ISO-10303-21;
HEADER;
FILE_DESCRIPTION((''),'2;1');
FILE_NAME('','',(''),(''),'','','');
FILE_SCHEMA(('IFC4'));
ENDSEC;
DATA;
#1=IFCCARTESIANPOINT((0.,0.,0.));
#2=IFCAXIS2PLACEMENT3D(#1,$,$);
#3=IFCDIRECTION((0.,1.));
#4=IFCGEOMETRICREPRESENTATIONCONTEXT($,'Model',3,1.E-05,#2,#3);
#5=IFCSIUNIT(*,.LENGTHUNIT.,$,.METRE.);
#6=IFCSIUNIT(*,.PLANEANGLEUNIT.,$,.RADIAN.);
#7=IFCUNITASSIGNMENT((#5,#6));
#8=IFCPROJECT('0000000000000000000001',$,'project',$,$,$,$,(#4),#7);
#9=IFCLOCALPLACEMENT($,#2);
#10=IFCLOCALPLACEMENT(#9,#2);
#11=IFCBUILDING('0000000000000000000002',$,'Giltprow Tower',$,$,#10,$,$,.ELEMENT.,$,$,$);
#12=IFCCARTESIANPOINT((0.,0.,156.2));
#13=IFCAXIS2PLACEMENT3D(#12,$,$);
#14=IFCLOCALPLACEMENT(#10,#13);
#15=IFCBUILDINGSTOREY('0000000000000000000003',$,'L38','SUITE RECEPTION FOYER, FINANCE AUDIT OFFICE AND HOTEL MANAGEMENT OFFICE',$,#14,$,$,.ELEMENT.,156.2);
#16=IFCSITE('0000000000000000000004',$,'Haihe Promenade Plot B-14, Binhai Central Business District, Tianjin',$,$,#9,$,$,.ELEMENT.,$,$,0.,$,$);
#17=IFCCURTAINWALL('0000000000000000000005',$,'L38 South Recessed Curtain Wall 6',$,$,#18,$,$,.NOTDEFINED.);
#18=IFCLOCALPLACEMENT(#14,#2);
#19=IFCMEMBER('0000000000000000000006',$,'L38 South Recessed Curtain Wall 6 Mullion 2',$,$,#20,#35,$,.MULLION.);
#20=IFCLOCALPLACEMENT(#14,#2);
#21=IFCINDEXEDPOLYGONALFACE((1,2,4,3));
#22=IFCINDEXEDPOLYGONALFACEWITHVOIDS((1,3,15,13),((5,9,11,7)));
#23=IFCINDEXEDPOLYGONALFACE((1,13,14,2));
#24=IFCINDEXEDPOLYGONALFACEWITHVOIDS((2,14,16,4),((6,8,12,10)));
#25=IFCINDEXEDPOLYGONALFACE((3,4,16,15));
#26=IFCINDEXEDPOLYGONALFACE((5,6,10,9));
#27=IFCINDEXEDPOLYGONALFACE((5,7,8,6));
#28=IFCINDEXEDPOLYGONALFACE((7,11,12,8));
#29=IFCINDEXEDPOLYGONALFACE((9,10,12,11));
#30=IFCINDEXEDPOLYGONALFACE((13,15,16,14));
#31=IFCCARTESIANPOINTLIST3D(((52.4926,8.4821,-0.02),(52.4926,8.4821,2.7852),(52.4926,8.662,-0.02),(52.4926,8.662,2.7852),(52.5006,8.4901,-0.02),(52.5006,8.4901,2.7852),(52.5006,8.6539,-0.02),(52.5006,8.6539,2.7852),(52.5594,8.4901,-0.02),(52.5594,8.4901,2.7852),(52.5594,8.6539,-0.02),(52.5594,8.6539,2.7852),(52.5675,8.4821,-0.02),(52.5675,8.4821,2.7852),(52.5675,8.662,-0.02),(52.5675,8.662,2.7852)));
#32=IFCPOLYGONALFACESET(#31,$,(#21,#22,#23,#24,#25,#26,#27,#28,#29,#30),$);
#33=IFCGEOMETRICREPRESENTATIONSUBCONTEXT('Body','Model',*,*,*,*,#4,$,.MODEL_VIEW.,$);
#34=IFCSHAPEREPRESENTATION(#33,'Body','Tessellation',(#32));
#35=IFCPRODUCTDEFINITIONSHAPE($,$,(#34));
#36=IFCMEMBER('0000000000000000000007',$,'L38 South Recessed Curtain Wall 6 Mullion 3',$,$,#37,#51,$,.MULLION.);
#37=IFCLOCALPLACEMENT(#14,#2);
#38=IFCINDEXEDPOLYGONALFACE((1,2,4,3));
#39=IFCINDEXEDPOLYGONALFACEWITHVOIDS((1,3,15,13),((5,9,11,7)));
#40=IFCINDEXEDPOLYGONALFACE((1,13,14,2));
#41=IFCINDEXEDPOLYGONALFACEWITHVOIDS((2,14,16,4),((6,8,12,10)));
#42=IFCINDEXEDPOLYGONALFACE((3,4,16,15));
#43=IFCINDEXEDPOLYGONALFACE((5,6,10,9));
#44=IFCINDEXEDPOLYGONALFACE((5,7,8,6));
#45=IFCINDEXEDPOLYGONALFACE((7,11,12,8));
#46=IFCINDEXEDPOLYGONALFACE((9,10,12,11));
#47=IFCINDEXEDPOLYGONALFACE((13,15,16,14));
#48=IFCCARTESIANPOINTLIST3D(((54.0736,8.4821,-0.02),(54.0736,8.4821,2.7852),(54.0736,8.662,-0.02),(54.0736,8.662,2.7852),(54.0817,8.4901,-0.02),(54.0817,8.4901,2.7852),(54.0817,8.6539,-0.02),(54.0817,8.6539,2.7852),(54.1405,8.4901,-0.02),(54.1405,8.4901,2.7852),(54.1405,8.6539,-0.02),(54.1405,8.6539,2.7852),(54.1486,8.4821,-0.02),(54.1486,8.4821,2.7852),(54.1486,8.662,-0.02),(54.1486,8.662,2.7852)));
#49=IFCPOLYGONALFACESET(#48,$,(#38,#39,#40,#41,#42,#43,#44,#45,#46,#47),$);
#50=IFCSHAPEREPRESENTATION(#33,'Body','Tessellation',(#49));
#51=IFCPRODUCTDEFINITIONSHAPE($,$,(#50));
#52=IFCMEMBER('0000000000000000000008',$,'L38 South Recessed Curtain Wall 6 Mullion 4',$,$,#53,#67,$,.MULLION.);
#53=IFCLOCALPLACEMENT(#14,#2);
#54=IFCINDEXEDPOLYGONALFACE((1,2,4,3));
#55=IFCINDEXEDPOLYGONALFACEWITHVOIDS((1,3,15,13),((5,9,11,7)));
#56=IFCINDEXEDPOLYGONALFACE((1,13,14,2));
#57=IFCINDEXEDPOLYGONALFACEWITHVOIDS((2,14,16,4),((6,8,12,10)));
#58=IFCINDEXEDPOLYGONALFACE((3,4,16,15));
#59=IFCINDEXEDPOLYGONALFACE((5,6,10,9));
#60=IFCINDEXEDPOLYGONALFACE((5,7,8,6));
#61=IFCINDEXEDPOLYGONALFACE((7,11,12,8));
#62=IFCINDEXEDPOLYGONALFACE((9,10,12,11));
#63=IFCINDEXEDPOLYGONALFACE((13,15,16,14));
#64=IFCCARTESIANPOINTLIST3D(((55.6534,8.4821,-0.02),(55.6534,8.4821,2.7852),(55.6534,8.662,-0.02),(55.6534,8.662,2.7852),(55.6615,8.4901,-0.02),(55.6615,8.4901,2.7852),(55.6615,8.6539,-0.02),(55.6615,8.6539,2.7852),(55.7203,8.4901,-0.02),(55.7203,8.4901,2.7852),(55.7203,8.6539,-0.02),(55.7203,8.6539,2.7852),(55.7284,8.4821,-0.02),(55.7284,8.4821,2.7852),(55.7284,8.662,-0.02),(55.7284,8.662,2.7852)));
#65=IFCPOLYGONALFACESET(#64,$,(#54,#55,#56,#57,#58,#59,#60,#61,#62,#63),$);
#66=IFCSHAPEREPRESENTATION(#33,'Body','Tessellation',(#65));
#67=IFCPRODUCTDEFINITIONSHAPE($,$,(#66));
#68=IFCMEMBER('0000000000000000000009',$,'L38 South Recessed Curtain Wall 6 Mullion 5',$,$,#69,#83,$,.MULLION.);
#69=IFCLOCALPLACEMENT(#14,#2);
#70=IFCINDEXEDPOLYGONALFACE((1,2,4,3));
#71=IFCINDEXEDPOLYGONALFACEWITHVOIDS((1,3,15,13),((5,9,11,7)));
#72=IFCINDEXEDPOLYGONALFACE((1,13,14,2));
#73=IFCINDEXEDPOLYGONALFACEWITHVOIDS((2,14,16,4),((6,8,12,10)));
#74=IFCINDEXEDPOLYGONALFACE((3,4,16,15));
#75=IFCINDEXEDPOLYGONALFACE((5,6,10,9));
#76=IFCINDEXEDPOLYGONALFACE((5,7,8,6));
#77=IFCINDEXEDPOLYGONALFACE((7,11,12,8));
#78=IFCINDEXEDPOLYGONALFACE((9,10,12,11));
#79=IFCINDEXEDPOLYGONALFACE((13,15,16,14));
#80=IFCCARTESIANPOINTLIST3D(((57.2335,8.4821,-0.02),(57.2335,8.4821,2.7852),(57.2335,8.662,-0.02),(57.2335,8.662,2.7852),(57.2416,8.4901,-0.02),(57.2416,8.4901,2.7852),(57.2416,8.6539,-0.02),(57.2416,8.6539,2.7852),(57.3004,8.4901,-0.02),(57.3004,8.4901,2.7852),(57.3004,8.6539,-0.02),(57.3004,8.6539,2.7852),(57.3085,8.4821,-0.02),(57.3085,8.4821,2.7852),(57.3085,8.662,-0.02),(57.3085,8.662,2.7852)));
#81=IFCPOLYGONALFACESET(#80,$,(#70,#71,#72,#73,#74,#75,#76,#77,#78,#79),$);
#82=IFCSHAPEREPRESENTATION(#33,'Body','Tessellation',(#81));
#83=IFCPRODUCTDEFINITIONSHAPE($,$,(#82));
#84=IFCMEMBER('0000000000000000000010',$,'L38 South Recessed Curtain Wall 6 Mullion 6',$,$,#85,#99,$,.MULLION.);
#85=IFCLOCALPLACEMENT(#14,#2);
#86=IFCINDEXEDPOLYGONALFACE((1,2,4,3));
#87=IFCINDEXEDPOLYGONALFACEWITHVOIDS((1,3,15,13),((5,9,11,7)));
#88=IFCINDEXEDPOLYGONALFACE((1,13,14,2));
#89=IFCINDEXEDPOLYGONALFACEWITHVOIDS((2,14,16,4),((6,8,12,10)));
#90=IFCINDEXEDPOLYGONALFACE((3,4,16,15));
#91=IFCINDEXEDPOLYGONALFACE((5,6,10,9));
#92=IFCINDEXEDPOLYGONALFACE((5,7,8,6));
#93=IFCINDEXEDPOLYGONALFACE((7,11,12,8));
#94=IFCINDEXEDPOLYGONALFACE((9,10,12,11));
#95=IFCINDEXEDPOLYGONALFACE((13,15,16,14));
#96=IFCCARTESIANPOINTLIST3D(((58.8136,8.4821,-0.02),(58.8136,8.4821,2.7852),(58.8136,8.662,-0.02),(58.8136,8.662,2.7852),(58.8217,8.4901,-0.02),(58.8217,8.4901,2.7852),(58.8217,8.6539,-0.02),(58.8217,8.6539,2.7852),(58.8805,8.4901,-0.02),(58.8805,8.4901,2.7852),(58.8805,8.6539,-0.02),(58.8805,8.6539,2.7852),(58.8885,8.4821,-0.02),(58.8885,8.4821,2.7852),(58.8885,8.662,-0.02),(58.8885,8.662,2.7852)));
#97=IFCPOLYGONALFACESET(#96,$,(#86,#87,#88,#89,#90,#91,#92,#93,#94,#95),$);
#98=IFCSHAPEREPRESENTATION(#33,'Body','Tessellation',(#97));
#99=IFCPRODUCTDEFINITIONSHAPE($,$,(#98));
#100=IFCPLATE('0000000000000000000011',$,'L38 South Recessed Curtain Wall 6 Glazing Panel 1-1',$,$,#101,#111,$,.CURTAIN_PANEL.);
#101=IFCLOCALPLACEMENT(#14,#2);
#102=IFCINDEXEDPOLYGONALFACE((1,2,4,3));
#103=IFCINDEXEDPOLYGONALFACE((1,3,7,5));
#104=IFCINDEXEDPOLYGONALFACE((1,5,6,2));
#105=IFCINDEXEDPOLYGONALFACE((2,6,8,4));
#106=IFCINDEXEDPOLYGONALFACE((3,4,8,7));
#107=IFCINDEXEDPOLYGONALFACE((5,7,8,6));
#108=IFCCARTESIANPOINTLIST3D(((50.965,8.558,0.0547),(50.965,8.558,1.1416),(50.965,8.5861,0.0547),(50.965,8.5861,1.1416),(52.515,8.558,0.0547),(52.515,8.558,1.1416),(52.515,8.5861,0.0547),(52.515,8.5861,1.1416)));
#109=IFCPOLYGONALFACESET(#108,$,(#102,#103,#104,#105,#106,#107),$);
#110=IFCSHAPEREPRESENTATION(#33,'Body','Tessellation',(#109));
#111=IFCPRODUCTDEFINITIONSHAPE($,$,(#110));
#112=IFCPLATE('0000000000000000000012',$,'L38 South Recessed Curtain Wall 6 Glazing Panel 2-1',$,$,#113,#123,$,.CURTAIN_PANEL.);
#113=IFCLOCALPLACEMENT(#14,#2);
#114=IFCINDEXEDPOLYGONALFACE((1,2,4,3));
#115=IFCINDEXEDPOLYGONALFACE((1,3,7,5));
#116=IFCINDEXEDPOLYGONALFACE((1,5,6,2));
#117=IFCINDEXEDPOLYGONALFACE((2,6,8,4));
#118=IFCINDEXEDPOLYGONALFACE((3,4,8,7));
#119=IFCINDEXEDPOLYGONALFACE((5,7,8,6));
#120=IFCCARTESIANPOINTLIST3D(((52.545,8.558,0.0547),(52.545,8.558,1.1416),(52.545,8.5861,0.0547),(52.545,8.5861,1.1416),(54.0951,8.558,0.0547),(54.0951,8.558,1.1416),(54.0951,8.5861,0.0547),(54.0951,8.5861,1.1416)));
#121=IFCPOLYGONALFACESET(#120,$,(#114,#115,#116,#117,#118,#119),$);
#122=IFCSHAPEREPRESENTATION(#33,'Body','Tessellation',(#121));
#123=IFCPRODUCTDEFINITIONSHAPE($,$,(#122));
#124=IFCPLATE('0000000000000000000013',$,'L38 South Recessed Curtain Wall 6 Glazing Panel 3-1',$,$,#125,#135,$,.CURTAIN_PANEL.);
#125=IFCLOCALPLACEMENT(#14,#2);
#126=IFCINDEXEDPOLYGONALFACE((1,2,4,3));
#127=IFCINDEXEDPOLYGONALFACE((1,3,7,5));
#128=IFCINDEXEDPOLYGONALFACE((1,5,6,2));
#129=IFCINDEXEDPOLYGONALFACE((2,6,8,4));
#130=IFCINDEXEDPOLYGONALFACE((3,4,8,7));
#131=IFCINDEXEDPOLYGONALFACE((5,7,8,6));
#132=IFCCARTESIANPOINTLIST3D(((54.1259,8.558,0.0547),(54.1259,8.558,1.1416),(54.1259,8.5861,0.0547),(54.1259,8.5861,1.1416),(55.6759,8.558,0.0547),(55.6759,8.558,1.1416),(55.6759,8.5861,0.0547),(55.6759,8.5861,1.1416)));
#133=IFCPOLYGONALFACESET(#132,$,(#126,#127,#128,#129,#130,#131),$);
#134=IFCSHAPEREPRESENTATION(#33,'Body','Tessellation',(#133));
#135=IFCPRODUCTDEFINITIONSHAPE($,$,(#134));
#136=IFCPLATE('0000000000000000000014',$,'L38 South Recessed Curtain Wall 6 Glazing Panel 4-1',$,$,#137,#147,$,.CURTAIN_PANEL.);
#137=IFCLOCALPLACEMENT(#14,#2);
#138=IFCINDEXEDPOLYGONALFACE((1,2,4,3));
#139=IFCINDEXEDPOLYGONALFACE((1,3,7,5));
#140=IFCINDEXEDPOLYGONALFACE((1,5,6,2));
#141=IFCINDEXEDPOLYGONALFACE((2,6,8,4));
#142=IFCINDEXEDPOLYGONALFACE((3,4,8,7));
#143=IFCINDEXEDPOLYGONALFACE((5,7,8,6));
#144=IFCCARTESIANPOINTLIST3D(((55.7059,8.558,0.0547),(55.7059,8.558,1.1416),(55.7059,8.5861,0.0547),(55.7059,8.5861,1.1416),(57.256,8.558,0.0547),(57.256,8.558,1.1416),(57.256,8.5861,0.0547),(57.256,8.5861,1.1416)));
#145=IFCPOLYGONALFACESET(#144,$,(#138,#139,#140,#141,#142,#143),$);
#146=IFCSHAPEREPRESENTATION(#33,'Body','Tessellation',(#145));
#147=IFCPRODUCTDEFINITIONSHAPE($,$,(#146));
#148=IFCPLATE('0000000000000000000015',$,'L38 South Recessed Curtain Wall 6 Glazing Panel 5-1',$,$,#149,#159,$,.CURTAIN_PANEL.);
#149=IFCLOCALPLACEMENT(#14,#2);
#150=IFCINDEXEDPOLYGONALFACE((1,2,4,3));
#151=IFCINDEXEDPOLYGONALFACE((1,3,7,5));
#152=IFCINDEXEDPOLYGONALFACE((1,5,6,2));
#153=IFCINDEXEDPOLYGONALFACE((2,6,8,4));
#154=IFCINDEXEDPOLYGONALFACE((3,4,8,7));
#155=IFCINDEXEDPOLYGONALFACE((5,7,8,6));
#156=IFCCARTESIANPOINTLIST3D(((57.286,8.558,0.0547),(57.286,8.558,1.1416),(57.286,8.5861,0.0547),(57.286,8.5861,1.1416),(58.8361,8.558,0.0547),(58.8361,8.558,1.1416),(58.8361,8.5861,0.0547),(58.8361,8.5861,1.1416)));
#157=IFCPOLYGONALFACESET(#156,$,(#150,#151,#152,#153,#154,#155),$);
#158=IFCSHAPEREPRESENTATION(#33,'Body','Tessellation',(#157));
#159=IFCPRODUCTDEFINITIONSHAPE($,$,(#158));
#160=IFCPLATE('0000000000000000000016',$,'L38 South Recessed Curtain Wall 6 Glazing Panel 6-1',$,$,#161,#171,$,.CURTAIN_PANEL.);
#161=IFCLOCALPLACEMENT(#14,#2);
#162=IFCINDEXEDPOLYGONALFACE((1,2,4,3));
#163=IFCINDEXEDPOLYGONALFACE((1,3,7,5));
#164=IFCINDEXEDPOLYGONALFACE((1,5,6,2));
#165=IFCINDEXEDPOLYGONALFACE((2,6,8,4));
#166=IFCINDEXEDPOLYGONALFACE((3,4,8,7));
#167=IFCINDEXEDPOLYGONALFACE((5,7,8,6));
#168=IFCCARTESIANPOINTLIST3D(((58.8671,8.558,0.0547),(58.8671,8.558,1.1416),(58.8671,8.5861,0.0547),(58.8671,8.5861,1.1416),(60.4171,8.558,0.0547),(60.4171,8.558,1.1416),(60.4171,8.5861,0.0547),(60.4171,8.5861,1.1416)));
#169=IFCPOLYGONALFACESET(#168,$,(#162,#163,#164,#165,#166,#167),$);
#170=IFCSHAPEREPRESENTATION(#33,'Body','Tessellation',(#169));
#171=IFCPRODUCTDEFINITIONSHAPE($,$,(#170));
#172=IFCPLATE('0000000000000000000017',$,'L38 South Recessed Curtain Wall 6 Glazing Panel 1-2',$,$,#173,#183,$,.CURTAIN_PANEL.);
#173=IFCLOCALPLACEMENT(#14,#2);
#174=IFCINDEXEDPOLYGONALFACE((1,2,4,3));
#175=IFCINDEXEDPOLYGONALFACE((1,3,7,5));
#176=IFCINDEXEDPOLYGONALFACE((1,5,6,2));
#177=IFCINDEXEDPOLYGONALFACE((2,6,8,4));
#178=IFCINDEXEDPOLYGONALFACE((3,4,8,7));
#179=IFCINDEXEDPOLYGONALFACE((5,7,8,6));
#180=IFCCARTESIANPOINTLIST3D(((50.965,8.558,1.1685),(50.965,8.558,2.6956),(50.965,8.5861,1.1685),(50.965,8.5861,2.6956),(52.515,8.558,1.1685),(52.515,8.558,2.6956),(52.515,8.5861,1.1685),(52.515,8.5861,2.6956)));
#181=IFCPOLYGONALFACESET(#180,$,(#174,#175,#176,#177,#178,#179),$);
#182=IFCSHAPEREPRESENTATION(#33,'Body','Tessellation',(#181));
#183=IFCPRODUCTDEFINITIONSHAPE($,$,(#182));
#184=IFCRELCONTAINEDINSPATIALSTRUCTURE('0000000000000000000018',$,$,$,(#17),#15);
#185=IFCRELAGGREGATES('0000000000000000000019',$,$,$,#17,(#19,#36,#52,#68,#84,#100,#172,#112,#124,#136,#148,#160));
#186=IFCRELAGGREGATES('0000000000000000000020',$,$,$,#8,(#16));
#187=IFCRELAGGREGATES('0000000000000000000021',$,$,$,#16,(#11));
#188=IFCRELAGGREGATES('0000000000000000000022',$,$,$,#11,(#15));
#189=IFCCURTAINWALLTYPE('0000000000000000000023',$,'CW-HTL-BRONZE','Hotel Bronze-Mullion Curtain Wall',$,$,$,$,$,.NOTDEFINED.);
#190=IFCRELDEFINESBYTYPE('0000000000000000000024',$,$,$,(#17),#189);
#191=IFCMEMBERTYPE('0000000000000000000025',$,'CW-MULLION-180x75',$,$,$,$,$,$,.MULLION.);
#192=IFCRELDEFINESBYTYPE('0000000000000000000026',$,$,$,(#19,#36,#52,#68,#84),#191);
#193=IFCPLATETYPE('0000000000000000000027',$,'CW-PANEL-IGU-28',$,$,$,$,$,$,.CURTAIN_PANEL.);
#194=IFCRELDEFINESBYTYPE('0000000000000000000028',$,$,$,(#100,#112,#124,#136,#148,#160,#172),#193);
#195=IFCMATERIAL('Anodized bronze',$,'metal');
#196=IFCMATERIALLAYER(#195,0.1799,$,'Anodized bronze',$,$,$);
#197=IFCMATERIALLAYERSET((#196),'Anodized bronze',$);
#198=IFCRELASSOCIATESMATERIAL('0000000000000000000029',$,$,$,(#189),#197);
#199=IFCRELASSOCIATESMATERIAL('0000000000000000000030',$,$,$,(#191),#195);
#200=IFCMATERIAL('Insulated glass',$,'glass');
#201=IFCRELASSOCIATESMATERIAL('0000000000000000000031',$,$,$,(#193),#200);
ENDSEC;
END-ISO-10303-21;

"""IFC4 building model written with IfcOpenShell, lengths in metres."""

from ifc_helpers import new_model, si_unit, direction, frame, origin, origin_2d, place, context, subcontext, project, spatial, rectangle, hollow_rectangle, extrude, source, transform, mapped, material, layer, layer_set, material_profile, profile_set, type_object, element, aggregate, save


model = new_model("IFC4")

# Units and contexts
model_context = context("Model", 3, precision=1e-05, world=origin(), true_north=direction((0.0, 1.0)))
body_context = subcontext(model_context, "Body", "Model", "MODEL_VIEW")
ifc_project = project(units=[si_unit("LENGTHUNIT", "METRE"), si_unit("PLANEANGLEUNIT", "RADIAN")], contexts=[model_context])

# Site, building, storey
site_placement = place(None, origin())
site = spatial("IfcSite", under=ifc_project, at=site_placement, Name="Haihe Promenade Plot B-14, Binhai Central Business District, Tianjin", CompositionType="ELEMENT", RefElevation=0.0)
building_placement = place(site_placement, origin())
building = spatial("IfcBuilding", under=site, at=building_placement, Name="Giltprow Tower", CompositionType="ELEMENT")
storey_placement = place(building_placement, frame((0.0, 0.0, 156.2)))
storey = spatial("IfcBuildingStorey", under=building, at=storey_placement, Name="L38", Description="SUITE RECEPTION FOYER, FINANCE AUDIT OFFICE AND HOTEL MANAGEMENT OFFICE", CompositionType="ELEMENT", Elevation=156.2)

# Curtain wall, members, plates
ifc_material_1 = material(Name="Anodized bronze", Category="metal")
ifc_layer = layer(ifc_material_1, 0.1799, Name="Anodized bronze")
ifc_layer_set = layer_set([ifc_layer], Name="Anodized bronze")
curtain_wall_type = type_object("IfcCurtainWallType", Name="CW-HTL-BRONZE", Description="Hotel Bronze-Mullion Curtain Wall", PredefinedType="NOTDEFINED", material=ifc_layer_set)
curtain_wall_placement = place(storey_placement, origin())
curtain_wall = element("IfcCurtainWall", 1, at=curtain_wall_placement, inside=storey, type_object=curtain_wall_type, Name="L38 South Recessed Curtain Wall 6", PredefinedType="NOTDEFINED")
ifc_material_profile = material_profile(ifc_material_1, hollow_rectangle(XDim=0.075, YDim=0.1799, WallThickness=0.0081, at=origin_2d()), Name="RHS 180x75x8")
ifc_profile_set = profile_set([ifc_material_profile], Name="Anodized bronze")
member_type = type_object("IfcMemberType", Name="CW-MULLION-180x75", PredefinedType="MULLION", material=ifc_profile_set)
shared_shape_1 = source(origin(), body_context, "Body", "SweptSolid", [
    extrude(hollow_rectangle(XDim=0.075, YDim=0.1799, WallThickness=0.0081, at=origin_2d()), origin(), (0.0, 0.0, 1.0), 2.8052),
])
member_1_placement = place(storey_placement, frame((52.53, 8.572, -0.02), z_axis=(0.0, 0.0, 1.0), x_axis=(1.0, 0.0, 0.0)))
member_1 = element("IfcMember", 2, at=member_1_placement, type_object=member_type, Name="L38 South Recessed Curtain Wall 6 Mullion 2", PredefinedType="MULLION", context=body_context, shape_type="MappedRepresentation", body=[
    mapped(shared_shape_1, transform((0.0, 0.0, 0.0), x_axis=(1.0, 0.0, 0.0), y_axis=(0.0, 1.0, 0.0), z_axis=(0.0, 0.0, 1.0), scale=1.0)),
])
member_2_placement = place(storey_placement, frame((54.1111, 8.572, -0.02), z_axis=(0.0, 0.0, 1.0), x_axis=(1.0, 0.0, 0.0)))
member_2 = element("IfcMember", 3, at=member_2_placement, type_object=member_type, Name="L38 South Recessed Curtain Wall 6 Mullion 3", PredefinedType="MULLION", context=body_context, shape_type="MappedRepresentation", body=[
    mapped(shared_shape_1, transform((0.0, 0.0, 0.0), x_axis=(1.0, 0.0, 0.0), y_axis=(0.0, 1.0, 0.0), z_axis=(0.0, 0.0, 1.0), scale=1.0)),
])
member_3_placement = place(storey_placement, frame((55.6909, 8.572, -0.02), z_axis=(0.0, 0.0, 1.0), x_axis=(1.0, 0.0, 0.0)))
member_3 = element("IfcMember", 4, at=member_3_placement, type_object=member_type, Name="L38 South Recessed Curtain Wall 6 Mullion 4", PredefinedType="MULLION", context=body_context, shape_type="MappedRepresentation", body=[
    mapped(shared_shape_1, transform((0.0, 0.0, 0.0), x_axis=(1.0, 0.0, 0.0), y_axis=(0.0, 1.0, 0.0), z_axis=(0.0, 0.0, 1.0), scale=1.0)),
])
member_4_placement = place(storey_placement, frame((57.271, 8.572, -0.02), z_axis=(0.0, 0.0, 1.0), x_axis=(1.0, 0.0, 0.0)))
member_4 = element("IfcMember", 5, at=member_4_placement, type_object=member_type, Name="L38 South Recessed Curtain Wall 6 Mullion 5", PredefinedType="MULLION", context=body_context, shape_type="MappedRepresentation", body=[
    mapped(shared_shape_1, transform((0.0, 0.0, 0.0), x_axis=(1.0, 0.0, 0.0), y_axis=(0.0, 1.0, 0.0), z_axis=(0.0, 0.0, 1.0), scale=1.0)),
])
member_5_placement = place(storey_placement, frame((58.8511, 8.572, -0.02), z_axis=(0.0, 0.0, 1.0), x_axis=(1.0, 0.0, 0.0)))
member_5 = element("IfcMember", 6, at=member_5_placement, type_object=member_type, Name="L38 South Recessed Curtain Wall 6 Mullion 6", PredefinedType="MULLION", context=body_context, shape_type="MappedRepresentation", body=[
    mapped(shared_shape_1, transform((0.0, 0.0, 0.0), x_axis=(1.0, 0.0, 0.0), y_axis=(0.0, 1.0, 0.0), z_axis=(0.0, 0.0, 1.0), scale=1.0)),
])
ifc_material_2 = material(Name="Insulated glass", Category="glass")
plate_type = type_object("IfcPlateType", Name="CW-PANEL-IGU-28", PredefinedType="CURTAIN_PANEL", material=ifc_material_2)
shared_shape_2 = source(origin(), body_context, "Body", "SweptSolid", [
    extrude(rectangle(XDim=1.55, YDim=0.0281, at=origin_2d()), origin(), (0.0, 0.0, 1.0), 1.0869),
])
plate_1_placement = place(storey_placement, frame((51.74, 8.572, 0.0547), z_axis=(0.0, 0.0, 1.0), x_axis=(1.0, 0.0, 0.0)))
plate_1 = element("IfcPlate", 7, at=plate_1_placement, type_object=plate_type, Name="L38 South Recessed Curtain Wall 6 Glazing Panel 1-1", PredefinedType="CURTAIN_PANEL", context=body_context, shape_type="MappedRepresentation", body=[
    mapped(shared_shape_2, transform((0.0, 0.0, 0.0), x_axis=(1.0, 0.0, 0.0), y_axis=(0.0, 1.0, 0.0), z_axis=(0.0, 0.0, 1.0), scale=1.0)),
])
plate_2_placement = place(storey_placement, frame((53.3201, 8.572, 0.0547), z_axis=(0.0, 0.0, 1.0), x_axis=(1.0, 0.0, 0.0)))
plate_2 = element("IfcPlate", 8, at=plate_2_placement, type_object=plate_type, Name="L38 South Recessed Curtain Wall 6 Glazing Panel 2-1", PredefinedType="CURTAIN_PANEL", context=body_context, shape_type="MappedRepresentation", body=[
    mapped(shared_shape_2, transform((0.0, 0.0, 0.0), x_axis=(1.0, 0.0, 0.0), y_axis=(0.0, 1.0, 0.0), z_axis=(0.0, 0.0, 1.0), scale=1.0)),
])
plate_3_placement = place(storey_placement, frame((54.9009, 8.572, 0.0547), z_axis=(0.0, 0.0, 1.0), x_axis=(1.0, 0.0, 0.0)))
plate_3 = element("IfcPlate", 9, at=plate_3_placement, type_object=plate_type, Name="L38 South Recessed Curtain Wall 6 Glazing Panel 3-1", PredefinedType="CURTAIN_PANEL", context=body_context, shape_type="MappedRepresentation", body=[
    mapped(shared_shape_2, transform((0.0, 0.0, 0.0), x_axis=(1.0, 0.0, 0.0), y_axis=(0.0, 1.0, 0.0), z_axis=(0.0, 0.0, 1.0), scale=1.0)),
])
plate_4_placement = place(storey_placement, frame((56.481, 8.572, 0.0547), z_axis=(0.0, 0.0, 1.0), x_axis=(1.0, 0.0, 0.0)))
plate_4 = element("IfcPlate", 10, at=plate_4_placement, type_object=plate_type, Name="L38 South Recessed Curtain Wall 6 Glazing Panel 4-1", PredefinedType="CURTAIN_PANEL", context=body_context, shape_type="MappedRepresentation", body=[
    mapped(shared_shape_2, transform((0.0, 0.0, 0.0), x_axis=(1.0, 0.0, 0.0), y_axis=(0.0, 1.0, 0.0), z_axis=(0.0, 0.0, 1.0), scale=1.0)),
])
plate_5_placement = place(storey_placement, frame((58.061, 8.572, 0.0547), z_axis=(0.0, 0.0, 1.0), x_axis=(1.0, 0.0, 0.0)))
plate_5 = element("IfcPlate", 11, at=plate_5_placement, type_object=plate_type, Name="L38 South Recessed Curtain Wall 6 Glazing Panel 5-1", PredefinedType="CURTAIN_PANEL", context=body_context, shape_type="MappedRepresentation", body=[
    mapped(shared_shape_2, transform((0.0, 0.0, 0.0), x_axis=(1.0, 0.0, 0.0), y_axis=(0.0, 1.0, 0.0), z_axis=(0.0, 0.0, 1.0), scale=1.0)),
])
plate_6_placement = place(storey_placement, frame((59.6421, 8.572, 0.0547), z_axis=(0.0, 0.0, 1.0), x_axis=(1.0, 0.0, 0.0)))
plate_6 = element("IfcPlate", 12, at=plate_6_placement, type_object=plate_type, Name="L38 South Recessed Curtain Wall 6 Glazing Panel 6-1", PredefinedType="CURTAIN_PANEL", context=body_context, shape_type="MappedRepresentation", body=[
    mapped(shared_shape_2, transform((0.0, 0.0, 0.0), x_axis=(1.0, 0.0, 0.0), y_axis=(0.0, 1.0, 0.0), z_axis=(0.0, 0.0, 1.0), scale=1.0)),
])
shared_shape_3 = source(origin(), body_context, "Body", "SweptSolid", [
    extrude(rectangle(XDim=1.55, YDim=0.0281, at=origin_2d()), origin(), (0.0, 0.0, 1.0), 1.5271),
])
plate_7_placement = place(storey_placement, frame((51.74, 8.572, 1.1685), z_axis=(0.0, 0.0, 1.0), x_axis=(1.0, 0.0, 0.0)))
plate_7 = element("IfcPlate", 13, at=plate_7_placement, type_object=plate_type, Name="L38 South Recessed Curtain Wall 6 Glazing Panel 1-2", PredefinedType="CURTAIN_PANEL", context=body_context, shape_type="MappedRepresentation", body=[
    mapped(shared_shape_3, transform((0.0, 0.0, 0.0), x_axis=(1.0, 0.0, 0.0), y_axis=(0.0, 1.0, 0.0), z_axis=(0.0, 0.0, 1.0), scale=1.0)),
])
aggregate(curtain_wall, [member_1, member_2, member_3, member_4, member_5, plate_1, plate_7, plate_2, plate_3, plate_4, plate_5, plate_6])

save(model, "model.ifc")
